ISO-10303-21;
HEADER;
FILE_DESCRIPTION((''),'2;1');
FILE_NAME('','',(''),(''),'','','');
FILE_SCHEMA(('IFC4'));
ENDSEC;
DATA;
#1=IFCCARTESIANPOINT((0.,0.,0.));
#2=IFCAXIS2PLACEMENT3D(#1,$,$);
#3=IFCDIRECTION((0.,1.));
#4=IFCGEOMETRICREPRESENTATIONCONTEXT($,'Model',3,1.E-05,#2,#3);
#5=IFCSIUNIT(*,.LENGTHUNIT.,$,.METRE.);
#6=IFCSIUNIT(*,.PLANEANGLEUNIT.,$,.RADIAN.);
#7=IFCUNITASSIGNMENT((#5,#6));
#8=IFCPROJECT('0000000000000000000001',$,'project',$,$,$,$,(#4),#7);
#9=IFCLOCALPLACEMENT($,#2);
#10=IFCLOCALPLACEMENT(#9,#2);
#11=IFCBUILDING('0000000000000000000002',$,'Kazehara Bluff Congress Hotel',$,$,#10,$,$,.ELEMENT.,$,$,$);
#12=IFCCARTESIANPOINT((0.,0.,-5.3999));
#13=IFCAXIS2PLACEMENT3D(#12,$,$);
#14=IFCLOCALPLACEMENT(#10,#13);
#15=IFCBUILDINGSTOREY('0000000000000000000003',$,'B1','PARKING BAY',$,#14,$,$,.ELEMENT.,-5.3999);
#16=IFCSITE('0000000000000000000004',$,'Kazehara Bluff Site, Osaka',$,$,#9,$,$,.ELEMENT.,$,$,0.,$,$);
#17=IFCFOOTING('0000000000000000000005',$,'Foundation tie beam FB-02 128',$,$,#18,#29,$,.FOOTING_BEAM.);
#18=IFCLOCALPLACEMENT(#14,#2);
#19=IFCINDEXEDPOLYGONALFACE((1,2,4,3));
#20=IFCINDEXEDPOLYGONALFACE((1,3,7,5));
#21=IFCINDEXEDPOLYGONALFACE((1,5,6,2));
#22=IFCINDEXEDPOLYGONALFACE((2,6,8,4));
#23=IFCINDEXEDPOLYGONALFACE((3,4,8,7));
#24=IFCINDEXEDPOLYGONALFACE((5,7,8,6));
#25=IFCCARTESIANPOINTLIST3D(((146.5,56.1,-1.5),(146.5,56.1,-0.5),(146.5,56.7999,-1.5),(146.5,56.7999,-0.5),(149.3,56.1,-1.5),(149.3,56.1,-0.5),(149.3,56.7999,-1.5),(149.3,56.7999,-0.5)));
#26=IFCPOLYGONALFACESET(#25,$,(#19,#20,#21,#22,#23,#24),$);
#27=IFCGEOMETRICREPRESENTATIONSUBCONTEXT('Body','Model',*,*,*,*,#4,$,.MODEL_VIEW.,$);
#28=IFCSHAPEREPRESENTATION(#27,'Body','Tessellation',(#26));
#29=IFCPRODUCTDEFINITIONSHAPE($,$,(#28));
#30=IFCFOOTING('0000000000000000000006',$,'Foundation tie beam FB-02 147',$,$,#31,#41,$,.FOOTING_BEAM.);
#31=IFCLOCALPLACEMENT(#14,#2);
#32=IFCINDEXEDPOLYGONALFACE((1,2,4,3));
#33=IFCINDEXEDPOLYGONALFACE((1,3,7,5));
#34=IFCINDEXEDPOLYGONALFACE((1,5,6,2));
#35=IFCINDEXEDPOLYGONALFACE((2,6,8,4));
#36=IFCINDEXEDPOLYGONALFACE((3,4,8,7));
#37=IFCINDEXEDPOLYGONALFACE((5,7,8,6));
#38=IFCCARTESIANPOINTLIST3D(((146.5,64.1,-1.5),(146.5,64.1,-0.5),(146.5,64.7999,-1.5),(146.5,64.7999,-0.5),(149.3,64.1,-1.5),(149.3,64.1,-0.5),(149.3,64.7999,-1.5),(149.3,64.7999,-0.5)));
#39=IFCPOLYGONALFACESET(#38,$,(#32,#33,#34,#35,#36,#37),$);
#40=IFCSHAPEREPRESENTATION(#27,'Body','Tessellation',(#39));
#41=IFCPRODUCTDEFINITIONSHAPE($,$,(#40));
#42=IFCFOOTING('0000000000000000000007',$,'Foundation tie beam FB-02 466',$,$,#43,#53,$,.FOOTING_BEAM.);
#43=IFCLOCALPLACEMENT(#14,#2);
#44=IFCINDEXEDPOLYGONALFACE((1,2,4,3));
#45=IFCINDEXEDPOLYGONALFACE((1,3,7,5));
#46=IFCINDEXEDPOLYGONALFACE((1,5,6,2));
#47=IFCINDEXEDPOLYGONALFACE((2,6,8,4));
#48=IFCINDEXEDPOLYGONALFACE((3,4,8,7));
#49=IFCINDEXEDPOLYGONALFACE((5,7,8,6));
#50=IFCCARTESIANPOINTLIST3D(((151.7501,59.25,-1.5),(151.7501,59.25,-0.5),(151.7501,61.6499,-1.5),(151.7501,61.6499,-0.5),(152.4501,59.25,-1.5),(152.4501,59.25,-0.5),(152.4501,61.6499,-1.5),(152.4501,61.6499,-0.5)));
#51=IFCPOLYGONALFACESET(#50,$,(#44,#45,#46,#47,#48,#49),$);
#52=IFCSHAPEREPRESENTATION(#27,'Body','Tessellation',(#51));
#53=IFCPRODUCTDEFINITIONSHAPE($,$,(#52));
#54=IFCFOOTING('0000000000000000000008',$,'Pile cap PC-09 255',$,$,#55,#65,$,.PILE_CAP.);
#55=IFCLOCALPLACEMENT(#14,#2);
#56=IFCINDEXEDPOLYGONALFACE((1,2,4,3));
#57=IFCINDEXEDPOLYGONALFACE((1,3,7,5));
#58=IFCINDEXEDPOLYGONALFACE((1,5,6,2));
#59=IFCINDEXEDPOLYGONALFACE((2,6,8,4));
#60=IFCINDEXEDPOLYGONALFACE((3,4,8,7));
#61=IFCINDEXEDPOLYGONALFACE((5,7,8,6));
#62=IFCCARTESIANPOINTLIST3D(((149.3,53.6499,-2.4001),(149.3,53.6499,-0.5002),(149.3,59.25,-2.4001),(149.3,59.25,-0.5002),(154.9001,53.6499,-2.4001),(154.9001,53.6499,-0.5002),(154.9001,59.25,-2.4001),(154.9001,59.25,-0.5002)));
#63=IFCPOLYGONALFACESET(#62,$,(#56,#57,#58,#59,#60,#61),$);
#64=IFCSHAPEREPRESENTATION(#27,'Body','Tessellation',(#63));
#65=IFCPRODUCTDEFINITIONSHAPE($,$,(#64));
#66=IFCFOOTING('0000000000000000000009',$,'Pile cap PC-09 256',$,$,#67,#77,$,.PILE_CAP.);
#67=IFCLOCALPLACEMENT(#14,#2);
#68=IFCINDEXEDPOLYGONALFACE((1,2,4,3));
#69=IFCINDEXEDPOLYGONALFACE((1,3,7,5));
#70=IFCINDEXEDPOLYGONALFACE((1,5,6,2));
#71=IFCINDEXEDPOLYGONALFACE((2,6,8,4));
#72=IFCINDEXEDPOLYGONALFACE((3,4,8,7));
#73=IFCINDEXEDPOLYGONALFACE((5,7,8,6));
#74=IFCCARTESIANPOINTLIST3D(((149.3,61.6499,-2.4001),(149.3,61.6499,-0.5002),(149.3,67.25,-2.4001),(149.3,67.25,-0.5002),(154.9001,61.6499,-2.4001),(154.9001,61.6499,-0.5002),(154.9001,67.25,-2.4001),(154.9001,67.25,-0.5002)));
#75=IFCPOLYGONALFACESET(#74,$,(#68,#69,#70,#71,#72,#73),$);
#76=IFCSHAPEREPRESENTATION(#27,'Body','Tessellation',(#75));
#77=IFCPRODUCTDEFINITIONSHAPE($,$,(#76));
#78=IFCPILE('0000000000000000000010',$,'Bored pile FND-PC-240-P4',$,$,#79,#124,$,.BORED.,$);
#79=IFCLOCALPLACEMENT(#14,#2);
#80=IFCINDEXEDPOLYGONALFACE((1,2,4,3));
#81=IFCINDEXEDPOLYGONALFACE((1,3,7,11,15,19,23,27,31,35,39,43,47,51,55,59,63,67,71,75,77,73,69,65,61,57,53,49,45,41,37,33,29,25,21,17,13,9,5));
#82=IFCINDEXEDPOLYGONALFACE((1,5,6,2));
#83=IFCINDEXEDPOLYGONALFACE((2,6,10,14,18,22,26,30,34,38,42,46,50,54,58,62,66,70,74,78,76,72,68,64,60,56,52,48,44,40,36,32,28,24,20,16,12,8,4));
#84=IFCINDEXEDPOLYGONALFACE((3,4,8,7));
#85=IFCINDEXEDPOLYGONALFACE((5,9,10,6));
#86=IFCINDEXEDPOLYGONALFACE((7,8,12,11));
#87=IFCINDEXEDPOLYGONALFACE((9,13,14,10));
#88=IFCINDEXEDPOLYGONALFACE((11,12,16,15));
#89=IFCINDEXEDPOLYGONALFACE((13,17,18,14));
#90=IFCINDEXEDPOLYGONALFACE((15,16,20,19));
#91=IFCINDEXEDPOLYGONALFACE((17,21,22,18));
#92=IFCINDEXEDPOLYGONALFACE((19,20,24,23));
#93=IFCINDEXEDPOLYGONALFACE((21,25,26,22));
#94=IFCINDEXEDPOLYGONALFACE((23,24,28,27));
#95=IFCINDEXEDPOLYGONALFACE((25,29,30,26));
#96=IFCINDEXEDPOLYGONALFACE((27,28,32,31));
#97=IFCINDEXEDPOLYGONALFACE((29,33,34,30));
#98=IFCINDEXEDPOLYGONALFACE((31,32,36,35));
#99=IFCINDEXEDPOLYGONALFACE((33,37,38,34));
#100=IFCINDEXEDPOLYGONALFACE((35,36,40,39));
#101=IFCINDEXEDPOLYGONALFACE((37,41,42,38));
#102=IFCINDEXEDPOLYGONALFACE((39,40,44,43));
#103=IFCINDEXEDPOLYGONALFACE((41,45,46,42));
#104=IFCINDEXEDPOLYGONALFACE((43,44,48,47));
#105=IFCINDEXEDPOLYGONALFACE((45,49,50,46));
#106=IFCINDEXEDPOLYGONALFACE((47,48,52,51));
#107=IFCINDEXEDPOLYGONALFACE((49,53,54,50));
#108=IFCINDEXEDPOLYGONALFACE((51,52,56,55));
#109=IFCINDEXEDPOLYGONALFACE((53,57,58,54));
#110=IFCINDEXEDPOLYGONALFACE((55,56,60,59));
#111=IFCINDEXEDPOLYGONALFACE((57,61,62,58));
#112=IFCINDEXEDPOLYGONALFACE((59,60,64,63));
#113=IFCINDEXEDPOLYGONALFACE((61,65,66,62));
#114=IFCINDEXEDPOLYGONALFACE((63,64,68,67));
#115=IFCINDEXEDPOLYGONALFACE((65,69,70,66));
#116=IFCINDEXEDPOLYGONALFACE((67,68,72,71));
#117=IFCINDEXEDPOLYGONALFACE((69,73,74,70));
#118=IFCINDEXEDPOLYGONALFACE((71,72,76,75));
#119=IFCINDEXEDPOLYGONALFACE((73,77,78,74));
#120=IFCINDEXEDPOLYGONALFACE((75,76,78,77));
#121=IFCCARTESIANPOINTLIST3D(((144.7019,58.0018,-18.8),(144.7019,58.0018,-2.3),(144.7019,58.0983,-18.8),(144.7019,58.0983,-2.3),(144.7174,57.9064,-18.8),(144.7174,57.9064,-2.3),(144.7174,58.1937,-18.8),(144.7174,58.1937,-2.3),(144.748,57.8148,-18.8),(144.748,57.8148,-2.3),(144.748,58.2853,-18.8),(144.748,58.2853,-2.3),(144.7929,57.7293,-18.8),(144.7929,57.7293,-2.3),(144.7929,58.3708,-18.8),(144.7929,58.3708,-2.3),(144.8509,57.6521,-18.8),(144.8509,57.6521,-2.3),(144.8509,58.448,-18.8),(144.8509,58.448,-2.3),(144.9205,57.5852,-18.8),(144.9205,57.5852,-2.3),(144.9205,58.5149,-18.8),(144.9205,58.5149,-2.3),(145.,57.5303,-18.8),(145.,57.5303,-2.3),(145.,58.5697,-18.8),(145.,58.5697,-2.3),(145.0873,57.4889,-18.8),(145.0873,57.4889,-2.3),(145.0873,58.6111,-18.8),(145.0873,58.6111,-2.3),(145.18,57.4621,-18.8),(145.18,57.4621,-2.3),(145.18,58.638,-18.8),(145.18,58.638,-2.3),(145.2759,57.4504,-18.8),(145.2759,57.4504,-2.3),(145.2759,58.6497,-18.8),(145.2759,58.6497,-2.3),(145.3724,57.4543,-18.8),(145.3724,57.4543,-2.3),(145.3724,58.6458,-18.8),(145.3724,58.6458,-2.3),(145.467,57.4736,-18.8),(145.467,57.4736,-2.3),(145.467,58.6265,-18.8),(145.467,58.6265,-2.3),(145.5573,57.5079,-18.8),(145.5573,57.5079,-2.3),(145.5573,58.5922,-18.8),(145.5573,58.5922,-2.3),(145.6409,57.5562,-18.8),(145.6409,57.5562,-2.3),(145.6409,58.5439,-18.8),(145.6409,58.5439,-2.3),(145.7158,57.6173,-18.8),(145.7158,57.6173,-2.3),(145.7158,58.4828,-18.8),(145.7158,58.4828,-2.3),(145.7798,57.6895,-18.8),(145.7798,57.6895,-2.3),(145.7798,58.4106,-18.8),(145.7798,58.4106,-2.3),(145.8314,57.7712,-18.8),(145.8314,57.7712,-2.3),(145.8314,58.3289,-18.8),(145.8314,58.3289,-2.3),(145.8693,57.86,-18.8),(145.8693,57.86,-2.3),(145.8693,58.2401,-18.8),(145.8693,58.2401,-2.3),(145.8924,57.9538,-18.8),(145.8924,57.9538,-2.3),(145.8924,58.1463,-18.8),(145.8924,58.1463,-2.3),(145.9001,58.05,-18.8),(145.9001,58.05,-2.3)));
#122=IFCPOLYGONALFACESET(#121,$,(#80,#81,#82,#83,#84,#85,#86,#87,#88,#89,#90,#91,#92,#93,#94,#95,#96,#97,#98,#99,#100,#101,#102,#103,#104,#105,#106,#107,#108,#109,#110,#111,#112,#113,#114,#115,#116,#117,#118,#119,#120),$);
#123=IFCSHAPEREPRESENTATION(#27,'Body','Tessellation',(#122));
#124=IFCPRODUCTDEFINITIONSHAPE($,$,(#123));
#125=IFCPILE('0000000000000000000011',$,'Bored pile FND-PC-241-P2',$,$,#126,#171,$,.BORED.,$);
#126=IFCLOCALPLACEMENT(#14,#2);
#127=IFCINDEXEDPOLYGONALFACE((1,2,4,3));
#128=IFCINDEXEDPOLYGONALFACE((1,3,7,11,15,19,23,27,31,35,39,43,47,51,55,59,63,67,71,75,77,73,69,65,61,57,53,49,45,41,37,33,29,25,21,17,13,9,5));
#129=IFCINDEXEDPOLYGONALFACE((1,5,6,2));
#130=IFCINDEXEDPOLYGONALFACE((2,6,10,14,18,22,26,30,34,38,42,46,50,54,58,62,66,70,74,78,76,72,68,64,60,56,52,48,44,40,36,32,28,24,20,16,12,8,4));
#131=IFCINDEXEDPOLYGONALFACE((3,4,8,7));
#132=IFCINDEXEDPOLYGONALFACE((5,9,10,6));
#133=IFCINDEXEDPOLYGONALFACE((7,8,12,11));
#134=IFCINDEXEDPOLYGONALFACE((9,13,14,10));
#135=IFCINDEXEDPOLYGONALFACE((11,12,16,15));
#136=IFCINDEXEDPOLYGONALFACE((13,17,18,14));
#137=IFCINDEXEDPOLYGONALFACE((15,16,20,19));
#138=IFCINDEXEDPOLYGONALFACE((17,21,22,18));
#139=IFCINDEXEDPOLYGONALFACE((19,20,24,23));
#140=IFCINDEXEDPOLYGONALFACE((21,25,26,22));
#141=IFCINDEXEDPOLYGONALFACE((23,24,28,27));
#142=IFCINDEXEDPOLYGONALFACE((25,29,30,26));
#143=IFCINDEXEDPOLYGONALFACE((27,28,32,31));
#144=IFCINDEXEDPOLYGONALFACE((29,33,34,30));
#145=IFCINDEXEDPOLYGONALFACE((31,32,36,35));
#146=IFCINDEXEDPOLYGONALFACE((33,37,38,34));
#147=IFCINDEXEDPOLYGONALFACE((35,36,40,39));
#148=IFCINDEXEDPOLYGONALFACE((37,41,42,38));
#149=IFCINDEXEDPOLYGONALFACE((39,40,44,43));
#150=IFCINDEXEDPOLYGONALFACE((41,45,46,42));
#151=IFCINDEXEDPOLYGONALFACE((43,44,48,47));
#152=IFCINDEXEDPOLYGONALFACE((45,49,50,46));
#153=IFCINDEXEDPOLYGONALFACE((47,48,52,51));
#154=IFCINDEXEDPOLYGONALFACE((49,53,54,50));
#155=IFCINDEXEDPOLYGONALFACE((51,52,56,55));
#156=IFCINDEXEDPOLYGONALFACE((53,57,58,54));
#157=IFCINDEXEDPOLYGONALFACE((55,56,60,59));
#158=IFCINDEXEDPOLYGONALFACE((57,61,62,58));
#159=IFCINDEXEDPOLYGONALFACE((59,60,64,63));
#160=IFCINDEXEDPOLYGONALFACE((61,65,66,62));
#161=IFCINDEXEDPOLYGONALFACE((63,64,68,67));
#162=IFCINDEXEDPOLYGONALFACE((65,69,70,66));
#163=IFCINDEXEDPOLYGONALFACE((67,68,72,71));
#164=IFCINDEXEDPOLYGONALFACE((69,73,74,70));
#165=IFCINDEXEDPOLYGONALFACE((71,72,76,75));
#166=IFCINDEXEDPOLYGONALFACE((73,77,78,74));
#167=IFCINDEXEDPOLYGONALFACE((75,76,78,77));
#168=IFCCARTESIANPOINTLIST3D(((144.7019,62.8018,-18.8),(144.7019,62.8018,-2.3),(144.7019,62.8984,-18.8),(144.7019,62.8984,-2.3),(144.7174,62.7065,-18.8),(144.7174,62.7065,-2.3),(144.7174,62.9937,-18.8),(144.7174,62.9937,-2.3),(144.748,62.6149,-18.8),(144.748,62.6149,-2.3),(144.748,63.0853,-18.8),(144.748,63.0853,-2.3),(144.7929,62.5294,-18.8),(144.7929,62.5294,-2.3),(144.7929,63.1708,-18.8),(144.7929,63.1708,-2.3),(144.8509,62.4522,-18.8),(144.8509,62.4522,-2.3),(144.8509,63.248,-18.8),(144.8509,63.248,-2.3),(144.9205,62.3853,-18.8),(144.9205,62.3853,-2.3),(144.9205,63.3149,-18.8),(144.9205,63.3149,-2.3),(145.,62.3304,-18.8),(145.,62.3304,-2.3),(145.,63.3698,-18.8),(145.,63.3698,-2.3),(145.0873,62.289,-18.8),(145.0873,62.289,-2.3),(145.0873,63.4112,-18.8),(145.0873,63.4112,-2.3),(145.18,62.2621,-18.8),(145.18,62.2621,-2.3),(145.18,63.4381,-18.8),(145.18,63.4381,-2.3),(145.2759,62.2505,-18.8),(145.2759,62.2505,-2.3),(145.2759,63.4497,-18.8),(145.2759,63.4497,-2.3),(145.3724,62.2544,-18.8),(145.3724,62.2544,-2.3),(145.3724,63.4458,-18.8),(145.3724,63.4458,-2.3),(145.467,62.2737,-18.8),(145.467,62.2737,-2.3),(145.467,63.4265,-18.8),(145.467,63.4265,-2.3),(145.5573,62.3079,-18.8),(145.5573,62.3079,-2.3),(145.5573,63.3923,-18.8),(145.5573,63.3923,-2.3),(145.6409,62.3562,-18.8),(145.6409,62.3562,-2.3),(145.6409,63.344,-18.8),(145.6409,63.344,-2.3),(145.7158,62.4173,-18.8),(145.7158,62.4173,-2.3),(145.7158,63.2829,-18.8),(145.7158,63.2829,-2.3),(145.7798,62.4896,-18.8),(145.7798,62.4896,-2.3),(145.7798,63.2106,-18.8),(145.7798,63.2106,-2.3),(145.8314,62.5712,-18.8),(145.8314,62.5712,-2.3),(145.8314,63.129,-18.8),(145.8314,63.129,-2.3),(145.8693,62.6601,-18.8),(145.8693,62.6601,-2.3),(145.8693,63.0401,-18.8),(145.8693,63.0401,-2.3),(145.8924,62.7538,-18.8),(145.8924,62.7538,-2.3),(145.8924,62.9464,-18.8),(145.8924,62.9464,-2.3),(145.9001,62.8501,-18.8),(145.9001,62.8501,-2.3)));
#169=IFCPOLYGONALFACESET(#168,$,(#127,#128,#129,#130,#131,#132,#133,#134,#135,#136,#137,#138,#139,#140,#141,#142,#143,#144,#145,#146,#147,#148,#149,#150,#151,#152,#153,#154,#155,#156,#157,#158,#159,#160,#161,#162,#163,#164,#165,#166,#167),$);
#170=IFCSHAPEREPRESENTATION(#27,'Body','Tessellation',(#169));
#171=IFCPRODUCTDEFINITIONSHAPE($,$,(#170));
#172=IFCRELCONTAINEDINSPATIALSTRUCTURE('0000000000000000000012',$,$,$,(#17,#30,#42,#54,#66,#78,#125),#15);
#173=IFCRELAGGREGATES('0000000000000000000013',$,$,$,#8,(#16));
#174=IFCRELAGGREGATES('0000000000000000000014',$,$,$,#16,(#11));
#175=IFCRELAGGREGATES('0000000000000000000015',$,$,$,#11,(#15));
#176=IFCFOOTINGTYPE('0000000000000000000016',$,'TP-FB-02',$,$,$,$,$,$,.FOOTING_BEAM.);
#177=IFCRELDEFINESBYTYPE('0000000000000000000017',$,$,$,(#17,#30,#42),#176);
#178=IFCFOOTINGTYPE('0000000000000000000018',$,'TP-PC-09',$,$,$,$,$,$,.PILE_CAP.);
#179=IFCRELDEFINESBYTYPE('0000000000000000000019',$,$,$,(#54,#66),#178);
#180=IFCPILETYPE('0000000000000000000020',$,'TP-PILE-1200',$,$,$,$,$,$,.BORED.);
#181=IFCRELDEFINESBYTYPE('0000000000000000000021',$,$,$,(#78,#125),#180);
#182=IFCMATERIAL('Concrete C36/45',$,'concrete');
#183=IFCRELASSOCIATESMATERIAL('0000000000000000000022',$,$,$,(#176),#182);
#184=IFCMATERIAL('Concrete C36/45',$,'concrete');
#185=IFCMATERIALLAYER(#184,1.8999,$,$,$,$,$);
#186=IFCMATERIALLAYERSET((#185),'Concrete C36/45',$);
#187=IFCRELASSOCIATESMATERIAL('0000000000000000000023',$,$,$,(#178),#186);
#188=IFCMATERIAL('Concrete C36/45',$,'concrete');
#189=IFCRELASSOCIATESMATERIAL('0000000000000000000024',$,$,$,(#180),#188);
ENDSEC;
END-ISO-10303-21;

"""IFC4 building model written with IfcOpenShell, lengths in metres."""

from ifc_helpers import new_model, si_unit, direction, frame, origin, origin_2d, place, context, subcontext, project, spatial, rectangle, circle, extrude, material, layer, layer_set, material_profile, profile_set, type_object, element, save


model = new_model("IFC4")

# Units and contexts
model_context = context("Model", 3, precision=1e-05, world=origin(), true_north=direction((0.0, 1.0)))
body_context = subcontext(model_context, "Body", "Model", "MODEL_VIEW")
ifc_project = project(units=[si_unit("LENGTHUNIT", "METRE"), si_unit("PLANEANGLEUNIT", "RADIAN")], contexts=[model_context])

# Site, building, storey
site_placement = place(None, origin())
site = spatial("IfcSite", under=ifc_project, at=site_placement, Name="Kazehara Bluff Site, Osaka", CompositionType="ELEMENT", RefElevation=0.0)
building_placement = place(site_placement, origin())
building = spatial("IfcBuilding", under=site, at=building_placement, Name="Kazehara Bluff Congress Hotel", CompositionType="ELEMENT")
storey_placement = place(building_placement, frame((0.0, 0.0, -5.3999)))
storey = spatial("IfcBuildingStorey", under=building, at=storey_placement, Name="B1", Description="PARKING BAY", CompositionType="ELEMENT", Elevation=-5.3999)

# Footings
ifc_material_1 = material(Name="Concrete C36/45", Category="concrete")
ifc_material_profile_1 = material_profile(ifc_material_1, rectangle(XDim=0.7, YDim=1.0, at=origin_2d()))
ifc_profile_set_1 = profile_set([ifc_material_profile_1], Name="Concrete C36/45")
footing_type_1 = type_object("IfcFootingType", Name="TP-FB-02", PredefinedType="FOOTING_BEAM", material=ifc_profile_set_1)
for number, where, z_axis, x_axis, name in (
    (1, (146.5, 56.45, -1.0), (1.0, 0.0, 0.0), (0.0, 1.0, 0.0), "Foundation tie beam FB-02 128"),
    (2, (146.5, 64.45, -1.0), (1.0, 0.0, 0.0), (0.0, 1.0, 0.0), "Foundation tie beam FB-02 147"),
):
    element("IfcFooting", number, at=place(storey_placement, frame(where, z_axis=z_axis, x_axis=x_axis)), inside=storey, type_object=footing_type_1, Name=name, PredefinedType="FOOTING_BEAM", context=body_context, shape_type="SweptSolid", body=[
        extrude(rectangle(XDim=0.7, YDim=1.0, at=origin_2d()), origin(), (0.0, 0.0, 1.0), 2.8),
    ])
footing_placement = place(storey_placement, frame((152.1001, 59.25, -1.0), z_axis=(0.0, 1.0, 0.0), x_axis=(-1.0, 0.0, 0.0)))
element("IfcFooting", 3, at=footing_placement, inside=storey, type_object=footing_type_1, Name="Foundation tie beam FB-02 466", PredefinedType="FOOTING_BEAM", context=body_context, shape_type="SweptSolid", body=[
    extrude(rectangle(XDim=0.7, YDim=1.0, at=origin_2d()), origin(), (0.0, 0.0, 1.0), 2.3999),
])
ifc_material_2 = material(Name="Concrete C36/45", Category="concrete")
ifc_layer_1 = layer(ifc_material_2, 1.8999)
ifc_layer_set_1 = layer_set([ifc_layer_1], Name="Concrete C36/45")
footing_type_2 = type_object("IfcFootingType", Name="TP-PC-09", PredefinedType="PILE_CAP", material=ifc_layer_set_1)
for number, where, z_axis, x_axis, name in (
    (4, (152.1001, 56.45, -2.4001), (0.0, 0.0, 1.0), (1.0, 0.0, 0.0), "Pile cap PC-09 255"),
    (5, (152.1001, 64.45, -2.4001), (0.0, 0.0, 1.0), (1.0, 0.0, 0.0), "Pile cap PC-09 256"),
):
    element("IfcFooting", number, at=place(storey_placement, frame(where, z_axis=z_axis, x_axis=x_axis)), inside=storey, type_object=footing_type_2, Name=name, PredefinedType="PILE_CAP", context=body_context, shape_type="SweptSolid", body=[
        extrude(rectangle(XDim=5.6001, YDim=5.6001, at=origin_2d()), origin(), (0.0, 0.0, 1.0), 1.8999),
    ])

# Piles
ifc_material_3 = material(Name="Concrete C36/45", Category="concrete")
ifc_material_profile_2 = material_profile(ifc_material_3, circle(Radius=0.6001, at=origin_2d()))
ifc_profile_set_2 = profile_set([ifc_material_profile_2], Name="Concrete C36/45")
pile_type = type_object("IfcPileType", Name="TP-PILE-1200", PredefinedType="BORED", material=ifc_profile_set_2)
for number, where, z_axis, x_axis, name in (
    (6, (145.3, 58.05, -2.3), (0.0, 0.0, -1.0), (1.0, 0.0, 0.0), "Bored pile FND-PC-240-P4"),
    (7, (145.3, 62.8501, -2.3), (0.0, 0.0, -1.0), (1.0, 0.0, 0.0), "Bored pile FND-PC-241-P2"),
):
    element("IfcPile", number, at=place(storey_placement, frame(where, z_axis=z_axis, x_axis=x_axis)), inside=storey, type_object=pile_type, Name=name, PredefinedType="BORED", context=body_context, shape_type="SweptSolid", body=[
        extrude(circle(Radius=0.6001, at=origin_2d()), origin(), (0.0, 0.0, 1.0), 16.5),
    ])

save(model, "model.ifc")
